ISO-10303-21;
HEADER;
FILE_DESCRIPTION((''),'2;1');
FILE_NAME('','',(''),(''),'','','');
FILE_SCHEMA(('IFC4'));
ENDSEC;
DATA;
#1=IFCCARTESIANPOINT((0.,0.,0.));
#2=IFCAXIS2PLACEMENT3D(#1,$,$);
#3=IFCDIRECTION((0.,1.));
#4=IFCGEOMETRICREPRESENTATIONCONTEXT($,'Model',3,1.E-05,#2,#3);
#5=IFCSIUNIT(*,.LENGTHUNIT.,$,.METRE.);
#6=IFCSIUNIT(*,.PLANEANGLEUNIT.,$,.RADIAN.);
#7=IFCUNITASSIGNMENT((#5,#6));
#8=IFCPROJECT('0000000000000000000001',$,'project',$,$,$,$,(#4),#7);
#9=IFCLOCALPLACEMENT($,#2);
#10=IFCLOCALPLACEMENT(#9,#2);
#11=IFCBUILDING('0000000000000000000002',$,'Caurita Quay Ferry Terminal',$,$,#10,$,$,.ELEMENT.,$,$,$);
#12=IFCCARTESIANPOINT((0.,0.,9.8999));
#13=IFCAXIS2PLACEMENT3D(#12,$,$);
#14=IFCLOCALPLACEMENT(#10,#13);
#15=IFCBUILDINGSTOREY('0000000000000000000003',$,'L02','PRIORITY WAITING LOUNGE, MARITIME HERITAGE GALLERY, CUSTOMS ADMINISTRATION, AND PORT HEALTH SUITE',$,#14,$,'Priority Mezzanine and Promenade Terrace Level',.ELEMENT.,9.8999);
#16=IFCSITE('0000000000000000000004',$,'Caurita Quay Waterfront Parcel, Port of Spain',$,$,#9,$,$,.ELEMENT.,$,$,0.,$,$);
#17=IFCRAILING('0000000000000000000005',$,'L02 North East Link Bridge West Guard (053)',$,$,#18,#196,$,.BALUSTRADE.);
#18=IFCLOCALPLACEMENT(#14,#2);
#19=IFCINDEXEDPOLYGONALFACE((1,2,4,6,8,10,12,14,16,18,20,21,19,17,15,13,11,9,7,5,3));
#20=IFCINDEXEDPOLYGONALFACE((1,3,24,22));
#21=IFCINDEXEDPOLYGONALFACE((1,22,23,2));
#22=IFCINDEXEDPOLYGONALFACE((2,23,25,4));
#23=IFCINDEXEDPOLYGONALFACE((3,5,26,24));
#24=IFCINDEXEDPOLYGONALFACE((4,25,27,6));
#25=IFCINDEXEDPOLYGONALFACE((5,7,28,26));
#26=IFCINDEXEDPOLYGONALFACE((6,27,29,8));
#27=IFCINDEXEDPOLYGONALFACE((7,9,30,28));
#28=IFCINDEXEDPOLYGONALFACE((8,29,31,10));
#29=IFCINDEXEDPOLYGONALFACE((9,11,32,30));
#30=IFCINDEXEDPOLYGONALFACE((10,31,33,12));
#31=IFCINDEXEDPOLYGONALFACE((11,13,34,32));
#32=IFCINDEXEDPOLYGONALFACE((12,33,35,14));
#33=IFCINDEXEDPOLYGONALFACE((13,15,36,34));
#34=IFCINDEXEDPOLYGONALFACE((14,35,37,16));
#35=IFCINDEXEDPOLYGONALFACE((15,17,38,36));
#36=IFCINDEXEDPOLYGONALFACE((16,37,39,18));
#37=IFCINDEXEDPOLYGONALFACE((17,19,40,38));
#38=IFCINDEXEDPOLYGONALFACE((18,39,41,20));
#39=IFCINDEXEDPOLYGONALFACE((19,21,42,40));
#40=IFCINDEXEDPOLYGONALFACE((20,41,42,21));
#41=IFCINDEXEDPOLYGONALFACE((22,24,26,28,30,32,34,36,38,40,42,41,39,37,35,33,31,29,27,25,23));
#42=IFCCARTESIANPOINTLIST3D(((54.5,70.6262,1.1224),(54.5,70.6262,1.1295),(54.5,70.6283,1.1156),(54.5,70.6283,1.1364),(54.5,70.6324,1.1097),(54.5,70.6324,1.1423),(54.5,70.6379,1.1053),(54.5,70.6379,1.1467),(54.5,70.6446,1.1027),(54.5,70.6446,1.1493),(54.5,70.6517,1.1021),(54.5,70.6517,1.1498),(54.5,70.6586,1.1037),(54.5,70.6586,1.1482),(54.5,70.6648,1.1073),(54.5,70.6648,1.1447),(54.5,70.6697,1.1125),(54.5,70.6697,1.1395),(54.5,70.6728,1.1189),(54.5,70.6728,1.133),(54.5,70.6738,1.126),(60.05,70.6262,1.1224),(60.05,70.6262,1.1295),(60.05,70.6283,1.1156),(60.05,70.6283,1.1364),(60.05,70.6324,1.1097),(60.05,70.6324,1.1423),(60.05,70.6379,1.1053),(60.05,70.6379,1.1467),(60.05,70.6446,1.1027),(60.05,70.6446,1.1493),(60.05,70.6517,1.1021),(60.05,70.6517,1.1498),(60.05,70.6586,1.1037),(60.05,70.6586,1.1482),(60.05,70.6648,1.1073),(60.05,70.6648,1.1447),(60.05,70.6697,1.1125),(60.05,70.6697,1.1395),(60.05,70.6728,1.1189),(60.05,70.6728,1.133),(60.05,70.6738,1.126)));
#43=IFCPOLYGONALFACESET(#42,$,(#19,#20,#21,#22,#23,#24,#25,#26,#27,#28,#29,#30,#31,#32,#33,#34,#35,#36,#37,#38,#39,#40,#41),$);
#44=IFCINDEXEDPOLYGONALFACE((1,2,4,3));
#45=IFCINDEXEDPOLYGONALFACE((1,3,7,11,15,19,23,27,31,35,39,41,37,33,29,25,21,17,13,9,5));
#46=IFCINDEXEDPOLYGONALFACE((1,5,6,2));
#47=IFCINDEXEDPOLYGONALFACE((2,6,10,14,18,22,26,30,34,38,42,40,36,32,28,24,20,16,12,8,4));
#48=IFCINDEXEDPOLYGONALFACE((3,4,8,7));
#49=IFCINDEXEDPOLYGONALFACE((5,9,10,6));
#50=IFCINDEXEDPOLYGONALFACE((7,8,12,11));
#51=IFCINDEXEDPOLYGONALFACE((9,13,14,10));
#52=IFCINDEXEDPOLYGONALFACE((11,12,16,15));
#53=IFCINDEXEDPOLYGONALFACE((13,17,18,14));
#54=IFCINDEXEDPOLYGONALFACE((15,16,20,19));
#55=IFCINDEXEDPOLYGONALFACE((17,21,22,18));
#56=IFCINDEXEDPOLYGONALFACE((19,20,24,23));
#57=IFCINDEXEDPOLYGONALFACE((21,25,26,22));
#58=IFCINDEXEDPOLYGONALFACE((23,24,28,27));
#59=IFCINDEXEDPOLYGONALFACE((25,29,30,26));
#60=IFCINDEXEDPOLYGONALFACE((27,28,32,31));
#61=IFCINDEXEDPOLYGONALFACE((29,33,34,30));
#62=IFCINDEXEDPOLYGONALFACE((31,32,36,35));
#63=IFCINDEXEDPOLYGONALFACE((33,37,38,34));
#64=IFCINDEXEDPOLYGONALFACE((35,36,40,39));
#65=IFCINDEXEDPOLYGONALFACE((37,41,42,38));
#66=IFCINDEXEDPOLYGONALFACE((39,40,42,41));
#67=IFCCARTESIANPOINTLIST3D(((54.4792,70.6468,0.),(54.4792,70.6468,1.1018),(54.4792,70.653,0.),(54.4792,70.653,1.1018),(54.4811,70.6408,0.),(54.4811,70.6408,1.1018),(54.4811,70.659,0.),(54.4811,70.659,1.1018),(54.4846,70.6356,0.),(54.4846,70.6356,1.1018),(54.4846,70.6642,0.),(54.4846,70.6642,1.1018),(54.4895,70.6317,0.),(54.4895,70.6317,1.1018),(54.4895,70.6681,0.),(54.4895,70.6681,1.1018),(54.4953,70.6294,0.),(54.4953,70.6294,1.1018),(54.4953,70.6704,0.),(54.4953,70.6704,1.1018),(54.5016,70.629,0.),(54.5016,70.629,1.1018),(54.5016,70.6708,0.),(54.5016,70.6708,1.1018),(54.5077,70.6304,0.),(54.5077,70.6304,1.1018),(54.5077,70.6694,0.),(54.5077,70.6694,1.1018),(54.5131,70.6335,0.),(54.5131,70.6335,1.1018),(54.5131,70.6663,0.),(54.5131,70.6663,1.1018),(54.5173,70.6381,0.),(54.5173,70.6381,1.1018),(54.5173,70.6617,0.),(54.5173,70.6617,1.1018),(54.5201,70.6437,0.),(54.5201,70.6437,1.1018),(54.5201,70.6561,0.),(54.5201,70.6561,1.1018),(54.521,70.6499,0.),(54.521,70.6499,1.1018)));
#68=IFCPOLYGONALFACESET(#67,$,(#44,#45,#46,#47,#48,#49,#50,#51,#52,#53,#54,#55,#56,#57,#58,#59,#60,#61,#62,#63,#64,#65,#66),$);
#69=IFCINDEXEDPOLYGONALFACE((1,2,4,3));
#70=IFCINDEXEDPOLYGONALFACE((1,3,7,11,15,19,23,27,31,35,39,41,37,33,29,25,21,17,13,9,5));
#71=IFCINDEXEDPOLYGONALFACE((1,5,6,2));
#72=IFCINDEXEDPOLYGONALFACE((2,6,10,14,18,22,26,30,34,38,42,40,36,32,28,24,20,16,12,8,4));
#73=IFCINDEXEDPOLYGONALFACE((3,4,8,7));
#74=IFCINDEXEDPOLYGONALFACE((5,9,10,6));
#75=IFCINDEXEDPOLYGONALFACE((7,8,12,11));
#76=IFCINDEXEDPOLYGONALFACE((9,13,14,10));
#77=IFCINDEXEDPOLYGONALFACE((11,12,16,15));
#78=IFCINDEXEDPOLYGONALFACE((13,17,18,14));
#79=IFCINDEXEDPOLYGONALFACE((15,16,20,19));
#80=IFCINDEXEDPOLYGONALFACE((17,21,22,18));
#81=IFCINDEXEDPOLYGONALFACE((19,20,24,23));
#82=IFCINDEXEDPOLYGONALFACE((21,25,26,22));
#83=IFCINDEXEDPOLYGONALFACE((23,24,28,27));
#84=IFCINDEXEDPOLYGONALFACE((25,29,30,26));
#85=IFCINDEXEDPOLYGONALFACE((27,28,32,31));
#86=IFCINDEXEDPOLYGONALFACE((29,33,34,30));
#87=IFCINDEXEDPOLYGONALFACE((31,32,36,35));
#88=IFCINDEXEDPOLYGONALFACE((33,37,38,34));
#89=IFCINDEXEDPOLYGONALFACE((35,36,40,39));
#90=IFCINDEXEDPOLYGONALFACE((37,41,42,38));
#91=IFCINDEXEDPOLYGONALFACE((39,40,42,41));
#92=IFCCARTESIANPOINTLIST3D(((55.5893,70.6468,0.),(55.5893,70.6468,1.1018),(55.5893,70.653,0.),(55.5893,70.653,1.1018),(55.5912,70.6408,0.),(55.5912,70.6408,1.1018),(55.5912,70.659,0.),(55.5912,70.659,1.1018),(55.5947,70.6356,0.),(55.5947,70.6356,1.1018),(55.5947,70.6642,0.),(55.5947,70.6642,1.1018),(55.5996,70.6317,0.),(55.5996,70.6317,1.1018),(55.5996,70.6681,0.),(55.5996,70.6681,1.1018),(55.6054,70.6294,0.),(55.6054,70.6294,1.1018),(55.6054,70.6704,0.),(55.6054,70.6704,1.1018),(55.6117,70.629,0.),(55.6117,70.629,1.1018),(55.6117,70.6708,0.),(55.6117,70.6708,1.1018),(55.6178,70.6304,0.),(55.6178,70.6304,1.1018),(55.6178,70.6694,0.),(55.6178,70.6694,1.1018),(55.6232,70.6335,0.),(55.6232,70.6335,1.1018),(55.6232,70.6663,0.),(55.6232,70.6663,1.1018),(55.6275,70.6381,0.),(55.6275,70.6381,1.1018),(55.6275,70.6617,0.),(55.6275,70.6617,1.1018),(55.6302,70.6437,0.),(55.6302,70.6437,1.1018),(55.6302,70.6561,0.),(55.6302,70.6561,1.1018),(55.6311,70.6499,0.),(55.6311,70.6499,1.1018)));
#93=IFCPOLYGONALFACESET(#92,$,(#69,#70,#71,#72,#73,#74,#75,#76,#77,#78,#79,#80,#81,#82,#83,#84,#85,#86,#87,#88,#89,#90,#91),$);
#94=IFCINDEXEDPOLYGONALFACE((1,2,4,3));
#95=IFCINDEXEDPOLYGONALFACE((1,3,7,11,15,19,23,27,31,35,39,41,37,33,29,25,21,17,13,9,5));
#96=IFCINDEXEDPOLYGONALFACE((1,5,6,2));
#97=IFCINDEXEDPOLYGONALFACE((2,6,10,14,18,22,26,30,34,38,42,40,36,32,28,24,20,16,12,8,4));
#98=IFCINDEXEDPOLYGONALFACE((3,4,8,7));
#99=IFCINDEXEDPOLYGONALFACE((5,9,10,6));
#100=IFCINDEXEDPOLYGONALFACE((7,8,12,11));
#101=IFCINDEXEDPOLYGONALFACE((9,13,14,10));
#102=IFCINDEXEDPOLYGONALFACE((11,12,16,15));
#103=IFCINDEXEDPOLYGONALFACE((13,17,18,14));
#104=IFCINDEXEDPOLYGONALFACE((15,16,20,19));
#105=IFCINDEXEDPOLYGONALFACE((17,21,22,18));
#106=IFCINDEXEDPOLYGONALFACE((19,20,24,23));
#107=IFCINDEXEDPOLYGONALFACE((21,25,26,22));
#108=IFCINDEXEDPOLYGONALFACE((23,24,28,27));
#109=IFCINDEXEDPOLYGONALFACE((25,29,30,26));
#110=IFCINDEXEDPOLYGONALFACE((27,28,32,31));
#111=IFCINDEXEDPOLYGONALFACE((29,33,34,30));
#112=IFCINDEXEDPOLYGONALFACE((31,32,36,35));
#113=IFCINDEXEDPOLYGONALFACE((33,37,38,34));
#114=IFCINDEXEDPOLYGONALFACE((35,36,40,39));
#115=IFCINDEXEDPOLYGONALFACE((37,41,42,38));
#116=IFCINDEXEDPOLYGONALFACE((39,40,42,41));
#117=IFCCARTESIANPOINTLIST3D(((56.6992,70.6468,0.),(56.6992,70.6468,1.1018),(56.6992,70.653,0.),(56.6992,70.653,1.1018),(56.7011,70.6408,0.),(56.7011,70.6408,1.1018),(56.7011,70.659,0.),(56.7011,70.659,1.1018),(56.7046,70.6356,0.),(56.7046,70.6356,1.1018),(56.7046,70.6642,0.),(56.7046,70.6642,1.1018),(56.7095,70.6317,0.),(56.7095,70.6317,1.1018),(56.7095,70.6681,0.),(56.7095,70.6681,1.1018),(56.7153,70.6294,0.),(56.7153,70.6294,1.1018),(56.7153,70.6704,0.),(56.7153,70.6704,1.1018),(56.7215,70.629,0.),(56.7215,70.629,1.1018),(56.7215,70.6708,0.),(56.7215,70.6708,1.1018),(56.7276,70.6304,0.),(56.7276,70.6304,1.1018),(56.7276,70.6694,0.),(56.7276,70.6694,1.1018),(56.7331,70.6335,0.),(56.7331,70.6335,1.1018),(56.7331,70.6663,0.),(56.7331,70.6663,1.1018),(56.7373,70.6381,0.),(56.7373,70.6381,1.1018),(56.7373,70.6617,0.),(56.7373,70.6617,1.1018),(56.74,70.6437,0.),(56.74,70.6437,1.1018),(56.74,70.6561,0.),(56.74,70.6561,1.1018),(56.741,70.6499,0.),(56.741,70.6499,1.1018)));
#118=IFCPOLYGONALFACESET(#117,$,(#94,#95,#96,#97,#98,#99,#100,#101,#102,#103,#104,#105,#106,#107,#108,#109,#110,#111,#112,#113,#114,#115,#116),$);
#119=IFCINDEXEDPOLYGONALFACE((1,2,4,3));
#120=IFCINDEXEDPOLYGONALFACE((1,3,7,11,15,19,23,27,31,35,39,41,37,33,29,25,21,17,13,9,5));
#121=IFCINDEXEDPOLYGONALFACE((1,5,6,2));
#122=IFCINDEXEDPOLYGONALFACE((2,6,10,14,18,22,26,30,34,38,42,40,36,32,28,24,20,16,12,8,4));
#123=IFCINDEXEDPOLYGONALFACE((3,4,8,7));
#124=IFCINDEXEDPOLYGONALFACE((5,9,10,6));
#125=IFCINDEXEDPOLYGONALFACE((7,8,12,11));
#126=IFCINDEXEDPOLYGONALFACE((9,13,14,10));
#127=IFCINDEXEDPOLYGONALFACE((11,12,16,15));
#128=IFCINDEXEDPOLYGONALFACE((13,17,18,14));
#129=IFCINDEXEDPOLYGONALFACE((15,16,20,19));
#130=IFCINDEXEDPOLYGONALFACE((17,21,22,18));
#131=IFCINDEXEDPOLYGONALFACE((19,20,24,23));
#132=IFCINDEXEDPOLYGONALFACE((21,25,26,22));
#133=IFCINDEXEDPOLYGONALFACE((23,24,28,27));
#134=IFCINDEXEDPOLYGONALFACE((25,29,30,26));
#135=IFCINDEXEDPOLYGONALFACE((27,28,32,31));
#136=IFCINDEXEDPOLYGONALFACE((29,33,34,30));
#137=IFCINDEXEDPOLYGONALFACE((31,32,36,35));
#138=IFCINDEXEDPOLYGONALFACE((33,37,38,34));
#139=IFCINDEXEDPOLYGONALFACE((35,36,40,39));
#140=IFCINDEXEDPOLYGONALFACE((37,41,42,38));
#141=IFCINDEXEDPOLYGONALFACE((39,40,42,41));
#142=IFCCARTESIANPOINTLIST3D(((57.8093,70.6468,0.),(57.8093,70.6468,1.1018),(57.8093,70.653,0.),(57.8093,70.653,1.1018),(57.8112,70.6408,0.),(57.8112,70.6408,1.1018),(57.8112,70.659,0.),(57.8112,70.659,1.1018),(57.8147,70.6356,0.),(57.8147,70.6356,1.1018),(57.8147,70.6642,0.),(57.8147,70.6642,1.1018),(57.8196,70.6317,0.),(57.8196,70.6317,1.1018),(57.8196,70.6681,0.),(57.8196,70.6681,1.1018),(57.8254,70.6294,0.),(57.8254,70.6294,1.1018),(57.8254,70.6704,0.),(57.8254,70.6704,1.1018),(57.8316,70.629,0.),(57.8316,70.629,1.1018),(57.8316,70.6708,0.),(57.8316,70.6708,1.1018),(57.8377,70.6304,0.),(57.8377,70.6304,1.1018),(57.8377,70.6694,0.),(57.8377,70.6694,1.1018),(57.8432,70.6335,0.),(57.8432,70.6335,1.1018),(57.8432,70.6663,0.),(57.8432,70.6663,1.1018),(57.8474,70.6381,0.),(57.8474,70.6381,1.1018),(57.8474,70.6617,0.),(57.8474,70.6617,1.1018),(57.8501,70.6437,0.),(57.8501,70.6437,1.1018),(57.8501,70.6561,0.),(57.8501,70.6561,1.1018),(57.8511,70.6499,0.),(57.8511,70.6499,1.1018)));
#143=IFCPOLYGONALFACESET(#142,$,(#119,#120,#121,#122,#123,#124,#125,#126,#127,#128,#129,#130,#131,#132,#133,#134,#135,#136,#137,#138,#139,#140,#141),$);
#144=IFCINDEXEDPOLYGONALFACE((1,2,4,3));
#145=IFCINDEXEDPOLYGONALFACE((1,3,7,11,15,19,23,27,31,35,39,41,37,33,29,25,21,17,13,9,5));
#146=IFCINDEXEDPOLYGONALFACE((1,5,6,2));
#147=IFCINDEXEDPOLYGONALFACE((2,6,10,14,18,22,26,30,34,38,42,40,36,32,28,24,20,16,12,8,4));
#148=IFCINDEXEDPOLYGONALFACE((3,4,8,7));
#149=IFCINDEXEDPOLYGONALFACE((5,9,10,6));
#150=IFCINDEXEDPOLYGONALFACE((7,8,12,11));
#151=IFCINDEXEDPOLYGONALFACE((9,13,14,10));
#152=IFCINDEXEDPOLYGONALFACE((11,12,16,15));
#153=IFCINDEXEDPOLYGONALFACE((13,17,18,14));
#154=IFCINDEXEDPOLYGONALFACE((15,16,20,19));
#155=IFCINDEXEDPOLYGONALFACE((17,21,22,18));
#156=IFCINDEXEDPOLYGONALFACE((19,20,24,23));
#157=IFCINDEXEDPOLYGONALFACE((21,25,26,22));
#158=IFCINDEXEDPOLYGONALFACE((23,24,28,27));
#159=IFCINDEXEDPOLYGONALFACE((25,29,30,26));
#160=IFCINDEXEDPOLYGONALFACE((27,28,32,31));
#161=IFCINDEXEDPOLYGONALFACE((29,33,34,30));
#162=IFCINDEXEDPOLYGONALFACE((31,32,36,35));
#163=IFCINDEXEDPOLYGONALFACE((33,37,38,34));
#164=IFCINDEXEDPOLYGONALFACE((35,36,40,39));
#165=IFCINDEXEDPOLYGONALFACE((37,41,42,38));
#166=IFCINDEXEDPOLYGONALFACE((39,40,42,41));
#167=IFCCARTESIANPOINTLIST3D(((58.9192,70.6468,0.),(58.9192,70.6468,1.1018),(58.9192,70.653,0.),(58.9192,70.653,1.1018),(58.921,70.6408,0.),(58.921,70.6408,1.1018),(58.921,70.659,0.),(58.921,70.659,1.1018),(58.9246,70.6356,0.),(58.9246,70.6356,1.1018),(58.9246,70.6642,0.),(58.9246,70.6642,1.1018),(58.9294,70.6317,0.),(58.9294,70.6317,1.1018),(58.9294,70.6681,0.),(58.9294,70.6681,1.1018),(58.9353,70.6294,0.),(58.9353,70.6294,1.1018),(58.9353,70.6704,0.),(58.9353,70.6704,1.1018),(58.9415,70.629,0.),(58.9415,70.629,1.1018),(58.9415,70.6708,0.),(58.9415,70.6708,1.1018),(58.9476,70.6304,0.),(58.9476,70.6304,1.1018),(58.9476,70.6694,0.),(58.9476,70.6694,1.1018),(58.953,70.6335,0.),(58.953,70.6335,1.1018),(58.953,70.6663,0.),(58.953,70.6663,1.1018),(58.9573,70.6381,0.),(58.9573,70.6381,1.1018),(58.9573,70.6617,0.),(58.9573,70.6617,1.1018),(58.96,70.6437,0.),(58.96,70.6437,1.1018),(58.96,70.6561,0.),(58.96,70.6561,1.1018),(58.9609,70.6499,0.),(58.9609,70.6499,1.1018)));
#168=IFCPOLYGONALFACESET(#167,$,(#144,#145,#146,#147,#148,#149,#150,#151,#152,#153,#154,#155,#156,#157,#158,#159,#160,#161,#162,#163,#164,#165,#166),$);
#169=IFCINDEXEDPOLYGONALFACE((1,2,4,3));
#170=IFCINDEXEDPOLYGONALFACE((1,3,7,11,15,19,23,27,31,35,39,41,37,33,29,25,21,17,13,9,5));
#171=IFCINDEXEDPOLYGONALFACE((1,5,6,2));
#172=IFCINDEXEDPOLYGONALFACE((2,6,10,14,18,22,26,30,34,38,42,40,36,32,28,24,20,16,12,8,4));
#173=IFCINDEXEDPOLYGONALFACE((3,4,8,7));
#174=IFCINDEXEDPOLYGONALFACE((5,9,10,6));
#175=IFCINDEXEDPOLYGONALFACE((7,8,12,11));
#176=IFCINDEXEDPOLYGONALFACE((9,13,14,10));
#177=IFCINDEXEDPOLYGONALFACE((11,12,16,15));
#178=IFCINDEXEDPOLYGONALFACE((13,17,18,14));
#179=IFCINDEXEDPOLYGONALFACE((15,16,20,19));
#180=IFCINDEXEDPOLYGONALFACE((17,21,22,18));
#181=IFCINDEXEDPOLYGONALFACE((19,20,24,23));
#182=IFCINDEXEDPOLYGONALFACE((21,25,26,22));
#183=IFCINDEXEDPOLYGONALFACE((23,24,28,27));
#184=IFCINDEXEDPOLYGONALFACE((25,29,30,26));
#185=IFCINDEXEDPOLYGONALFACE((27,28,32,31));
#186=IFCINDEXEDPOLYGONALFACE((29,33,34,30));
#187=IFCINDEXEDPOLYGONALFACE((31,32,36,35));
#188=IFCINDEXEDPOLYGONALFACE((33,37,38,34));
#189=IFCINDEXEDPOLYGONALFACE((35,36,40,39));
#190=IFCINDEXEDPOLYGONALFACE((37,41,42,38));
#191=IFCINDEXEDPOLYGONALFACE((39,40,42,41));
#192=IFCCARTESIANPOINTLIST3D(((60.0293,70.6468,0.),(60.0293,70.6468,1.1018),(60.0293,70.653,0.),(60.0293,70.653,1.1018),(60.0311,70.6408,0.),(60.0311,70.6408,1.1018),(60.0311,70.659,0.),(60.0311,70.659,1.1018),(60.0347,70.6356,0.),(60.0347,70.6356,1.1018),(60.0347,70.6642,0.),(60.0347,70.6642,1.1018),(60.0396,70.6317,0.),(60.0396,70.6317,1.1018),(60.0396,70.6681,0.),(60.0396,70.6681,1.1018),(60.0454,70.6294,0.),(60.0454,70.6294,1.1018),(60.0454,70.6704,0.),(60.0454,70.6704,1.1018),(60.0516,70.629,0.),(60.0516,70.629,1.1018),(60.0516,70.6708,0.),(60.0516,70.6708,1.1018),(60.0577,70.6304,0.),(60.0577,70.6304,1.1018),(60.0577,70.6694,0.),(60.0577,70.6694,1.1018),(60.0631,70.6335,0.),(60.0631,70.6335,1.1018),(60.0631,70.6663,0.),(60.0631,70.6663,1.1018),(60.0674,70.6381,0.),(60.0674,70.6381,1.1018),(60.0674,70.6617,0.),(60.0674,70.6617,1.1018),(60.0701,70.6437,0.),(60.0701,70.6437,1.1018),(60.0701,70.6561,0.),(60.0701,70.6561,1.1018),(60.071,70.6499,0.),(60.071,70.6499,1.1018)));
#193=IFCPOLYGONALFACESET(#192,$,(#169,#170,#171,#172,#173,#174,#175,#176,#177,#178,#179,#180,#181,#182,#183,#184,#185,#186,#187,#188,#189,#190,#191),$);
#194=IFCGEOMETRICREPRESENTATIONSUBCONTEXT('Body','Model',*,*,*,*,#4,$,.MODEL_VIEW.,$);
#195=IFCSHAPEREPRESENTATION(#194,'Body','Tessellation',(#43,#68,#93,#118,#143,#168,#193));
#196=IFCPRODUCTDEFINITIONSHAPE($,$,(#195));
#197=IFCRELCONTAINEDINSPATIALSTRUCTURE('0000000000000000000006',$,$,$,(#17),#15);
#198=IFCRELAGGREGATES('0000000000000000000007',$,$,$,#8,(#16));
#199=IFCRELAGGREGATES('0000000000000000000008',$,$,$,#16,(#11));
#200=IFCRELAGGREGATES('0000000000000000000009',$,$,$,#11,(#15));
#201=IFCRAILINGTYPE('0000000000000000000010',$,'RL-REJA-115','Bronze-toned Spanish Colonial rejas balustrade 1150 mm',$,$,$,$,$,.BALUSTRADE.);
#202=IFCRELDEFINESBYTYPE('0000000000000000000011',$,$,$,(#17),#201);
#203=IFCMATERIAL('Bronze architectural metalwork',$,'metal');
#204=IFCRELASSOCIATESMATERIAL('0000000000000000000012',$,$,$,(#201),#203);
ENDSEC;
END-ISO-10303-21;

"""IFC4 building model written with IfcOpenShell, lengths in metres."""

from ifc_helpers import new_model, si_unit, direction, frame, origin, origin_2d, place, context, subcontext, project, spatial, circle, extrude, material, type_object, element, save


model = new_model("IFC4")

# Units and contexts
model_context = context("Model", 3, precision=1e-05, world=origin(), true_north=direction((0.0, 1.0)))
body_context = subcontext(model_context, "Body", "Model", "MODEL_VIEW")
ifc_project = project(units=[si_unit("LENGTHUNIT", "METRE"), si_unit("PLANEANGLEUNIT", "RADIAN")], contexts=[model_context])

# Site, building, storey
site_placement = place(None, origin())
site = spatial("IfcSite", under=ifc_project, at=site_placement, Name="Caurita Quay Waterfront Parcel, Port of Spain", CompositionType="ELEMENT", RefElevation=0.0)
building_placement = place(site_placement, origin())
building = spatial("IfcBuilding", under=site, at=building_placement, Name="Caurita Quay Ferry Terminal", CompositionType="ELEMENT")
storey_placement = place(building_placement, frame((0.0, 0.0, 9.8999)))
storey = spatial("IfcBuildingStorey", under=building, at=storey_placement, Name="L02", Description="PRIORITY WAITING LOUNGE, MARITIME HERITAGE GALLERY, CUSTOMS ADMINISTRATION, AND PORT HEALTH SUITE", LongName="Priority Mezzanine and Promenade Terrace Level", CompositionType="ELEMENT", Elevation=9.8999)

# Railing
ifc_material_1 = material(Name="Bronze architectural metalwork", Category="metal")
railing_type = type_object("IfcRailingType", Name="RL-REJA-115", Description="Bronze-toned Spanish Colonial rejas balustrade 1150 mm", PredefinedType="BALUSTRADE", material=ifc_material_1)
railing_placement = place(storey_placement, frame((54.5, 70.6499, 0.0)))
element("IfcRailing", 1, at=railing_placement, inside=storey, type_object=railing_type, Name="L02 North East Link Bridge West Guard (053)", PredefinedType="BALUSTRADE", context=body_context, shape_type="SweptSolid", body=[
    extrude(circle(Radius=0.0239, at=origin_2d()), frame((0.0, 0.0, 1.126), z_axis=(1.0, 0.0, 0.0), x_axis=(0.0, 1.0, 0.0)), (0.0, 0.0, 1.0), 5.55),
    extrude(circle(Radius=0.021, at=origin_2d()), origin(), (0.0, 0.0, 1.0), 1.1018),
    extrude(circle(Radius=0.021, at=origin_2d()), frame((1.1101, 0.0, 0.0)), (0.0, 0.0, 1.0), 1.1018),
    extrude(circle(Radius=0.021, at=origin_2d()), frame((2.22, 0.0, 0.0)), (0.0, 0.0, 1.0), 1.1018),
    extrude(circle(Radius=0.021, at=origin_2d()), frame((3.3301, 0.0, 0.0)), (0.0, 0.0, 1.0), 1.1018),
    extrude(circle(Radius=0.021, at=origin_2d()), frame((4.4399, 0.0, 0.0)), (0.0, 0.0, 1.0), 1.1018),
    extrude(circle(Radius=0.021, at=origin_2d()), frame((5.55, 0.0, 0.0)), (0.0, 0.0, 1.0), 1.1018),
])

save(model, "model.ifc")
